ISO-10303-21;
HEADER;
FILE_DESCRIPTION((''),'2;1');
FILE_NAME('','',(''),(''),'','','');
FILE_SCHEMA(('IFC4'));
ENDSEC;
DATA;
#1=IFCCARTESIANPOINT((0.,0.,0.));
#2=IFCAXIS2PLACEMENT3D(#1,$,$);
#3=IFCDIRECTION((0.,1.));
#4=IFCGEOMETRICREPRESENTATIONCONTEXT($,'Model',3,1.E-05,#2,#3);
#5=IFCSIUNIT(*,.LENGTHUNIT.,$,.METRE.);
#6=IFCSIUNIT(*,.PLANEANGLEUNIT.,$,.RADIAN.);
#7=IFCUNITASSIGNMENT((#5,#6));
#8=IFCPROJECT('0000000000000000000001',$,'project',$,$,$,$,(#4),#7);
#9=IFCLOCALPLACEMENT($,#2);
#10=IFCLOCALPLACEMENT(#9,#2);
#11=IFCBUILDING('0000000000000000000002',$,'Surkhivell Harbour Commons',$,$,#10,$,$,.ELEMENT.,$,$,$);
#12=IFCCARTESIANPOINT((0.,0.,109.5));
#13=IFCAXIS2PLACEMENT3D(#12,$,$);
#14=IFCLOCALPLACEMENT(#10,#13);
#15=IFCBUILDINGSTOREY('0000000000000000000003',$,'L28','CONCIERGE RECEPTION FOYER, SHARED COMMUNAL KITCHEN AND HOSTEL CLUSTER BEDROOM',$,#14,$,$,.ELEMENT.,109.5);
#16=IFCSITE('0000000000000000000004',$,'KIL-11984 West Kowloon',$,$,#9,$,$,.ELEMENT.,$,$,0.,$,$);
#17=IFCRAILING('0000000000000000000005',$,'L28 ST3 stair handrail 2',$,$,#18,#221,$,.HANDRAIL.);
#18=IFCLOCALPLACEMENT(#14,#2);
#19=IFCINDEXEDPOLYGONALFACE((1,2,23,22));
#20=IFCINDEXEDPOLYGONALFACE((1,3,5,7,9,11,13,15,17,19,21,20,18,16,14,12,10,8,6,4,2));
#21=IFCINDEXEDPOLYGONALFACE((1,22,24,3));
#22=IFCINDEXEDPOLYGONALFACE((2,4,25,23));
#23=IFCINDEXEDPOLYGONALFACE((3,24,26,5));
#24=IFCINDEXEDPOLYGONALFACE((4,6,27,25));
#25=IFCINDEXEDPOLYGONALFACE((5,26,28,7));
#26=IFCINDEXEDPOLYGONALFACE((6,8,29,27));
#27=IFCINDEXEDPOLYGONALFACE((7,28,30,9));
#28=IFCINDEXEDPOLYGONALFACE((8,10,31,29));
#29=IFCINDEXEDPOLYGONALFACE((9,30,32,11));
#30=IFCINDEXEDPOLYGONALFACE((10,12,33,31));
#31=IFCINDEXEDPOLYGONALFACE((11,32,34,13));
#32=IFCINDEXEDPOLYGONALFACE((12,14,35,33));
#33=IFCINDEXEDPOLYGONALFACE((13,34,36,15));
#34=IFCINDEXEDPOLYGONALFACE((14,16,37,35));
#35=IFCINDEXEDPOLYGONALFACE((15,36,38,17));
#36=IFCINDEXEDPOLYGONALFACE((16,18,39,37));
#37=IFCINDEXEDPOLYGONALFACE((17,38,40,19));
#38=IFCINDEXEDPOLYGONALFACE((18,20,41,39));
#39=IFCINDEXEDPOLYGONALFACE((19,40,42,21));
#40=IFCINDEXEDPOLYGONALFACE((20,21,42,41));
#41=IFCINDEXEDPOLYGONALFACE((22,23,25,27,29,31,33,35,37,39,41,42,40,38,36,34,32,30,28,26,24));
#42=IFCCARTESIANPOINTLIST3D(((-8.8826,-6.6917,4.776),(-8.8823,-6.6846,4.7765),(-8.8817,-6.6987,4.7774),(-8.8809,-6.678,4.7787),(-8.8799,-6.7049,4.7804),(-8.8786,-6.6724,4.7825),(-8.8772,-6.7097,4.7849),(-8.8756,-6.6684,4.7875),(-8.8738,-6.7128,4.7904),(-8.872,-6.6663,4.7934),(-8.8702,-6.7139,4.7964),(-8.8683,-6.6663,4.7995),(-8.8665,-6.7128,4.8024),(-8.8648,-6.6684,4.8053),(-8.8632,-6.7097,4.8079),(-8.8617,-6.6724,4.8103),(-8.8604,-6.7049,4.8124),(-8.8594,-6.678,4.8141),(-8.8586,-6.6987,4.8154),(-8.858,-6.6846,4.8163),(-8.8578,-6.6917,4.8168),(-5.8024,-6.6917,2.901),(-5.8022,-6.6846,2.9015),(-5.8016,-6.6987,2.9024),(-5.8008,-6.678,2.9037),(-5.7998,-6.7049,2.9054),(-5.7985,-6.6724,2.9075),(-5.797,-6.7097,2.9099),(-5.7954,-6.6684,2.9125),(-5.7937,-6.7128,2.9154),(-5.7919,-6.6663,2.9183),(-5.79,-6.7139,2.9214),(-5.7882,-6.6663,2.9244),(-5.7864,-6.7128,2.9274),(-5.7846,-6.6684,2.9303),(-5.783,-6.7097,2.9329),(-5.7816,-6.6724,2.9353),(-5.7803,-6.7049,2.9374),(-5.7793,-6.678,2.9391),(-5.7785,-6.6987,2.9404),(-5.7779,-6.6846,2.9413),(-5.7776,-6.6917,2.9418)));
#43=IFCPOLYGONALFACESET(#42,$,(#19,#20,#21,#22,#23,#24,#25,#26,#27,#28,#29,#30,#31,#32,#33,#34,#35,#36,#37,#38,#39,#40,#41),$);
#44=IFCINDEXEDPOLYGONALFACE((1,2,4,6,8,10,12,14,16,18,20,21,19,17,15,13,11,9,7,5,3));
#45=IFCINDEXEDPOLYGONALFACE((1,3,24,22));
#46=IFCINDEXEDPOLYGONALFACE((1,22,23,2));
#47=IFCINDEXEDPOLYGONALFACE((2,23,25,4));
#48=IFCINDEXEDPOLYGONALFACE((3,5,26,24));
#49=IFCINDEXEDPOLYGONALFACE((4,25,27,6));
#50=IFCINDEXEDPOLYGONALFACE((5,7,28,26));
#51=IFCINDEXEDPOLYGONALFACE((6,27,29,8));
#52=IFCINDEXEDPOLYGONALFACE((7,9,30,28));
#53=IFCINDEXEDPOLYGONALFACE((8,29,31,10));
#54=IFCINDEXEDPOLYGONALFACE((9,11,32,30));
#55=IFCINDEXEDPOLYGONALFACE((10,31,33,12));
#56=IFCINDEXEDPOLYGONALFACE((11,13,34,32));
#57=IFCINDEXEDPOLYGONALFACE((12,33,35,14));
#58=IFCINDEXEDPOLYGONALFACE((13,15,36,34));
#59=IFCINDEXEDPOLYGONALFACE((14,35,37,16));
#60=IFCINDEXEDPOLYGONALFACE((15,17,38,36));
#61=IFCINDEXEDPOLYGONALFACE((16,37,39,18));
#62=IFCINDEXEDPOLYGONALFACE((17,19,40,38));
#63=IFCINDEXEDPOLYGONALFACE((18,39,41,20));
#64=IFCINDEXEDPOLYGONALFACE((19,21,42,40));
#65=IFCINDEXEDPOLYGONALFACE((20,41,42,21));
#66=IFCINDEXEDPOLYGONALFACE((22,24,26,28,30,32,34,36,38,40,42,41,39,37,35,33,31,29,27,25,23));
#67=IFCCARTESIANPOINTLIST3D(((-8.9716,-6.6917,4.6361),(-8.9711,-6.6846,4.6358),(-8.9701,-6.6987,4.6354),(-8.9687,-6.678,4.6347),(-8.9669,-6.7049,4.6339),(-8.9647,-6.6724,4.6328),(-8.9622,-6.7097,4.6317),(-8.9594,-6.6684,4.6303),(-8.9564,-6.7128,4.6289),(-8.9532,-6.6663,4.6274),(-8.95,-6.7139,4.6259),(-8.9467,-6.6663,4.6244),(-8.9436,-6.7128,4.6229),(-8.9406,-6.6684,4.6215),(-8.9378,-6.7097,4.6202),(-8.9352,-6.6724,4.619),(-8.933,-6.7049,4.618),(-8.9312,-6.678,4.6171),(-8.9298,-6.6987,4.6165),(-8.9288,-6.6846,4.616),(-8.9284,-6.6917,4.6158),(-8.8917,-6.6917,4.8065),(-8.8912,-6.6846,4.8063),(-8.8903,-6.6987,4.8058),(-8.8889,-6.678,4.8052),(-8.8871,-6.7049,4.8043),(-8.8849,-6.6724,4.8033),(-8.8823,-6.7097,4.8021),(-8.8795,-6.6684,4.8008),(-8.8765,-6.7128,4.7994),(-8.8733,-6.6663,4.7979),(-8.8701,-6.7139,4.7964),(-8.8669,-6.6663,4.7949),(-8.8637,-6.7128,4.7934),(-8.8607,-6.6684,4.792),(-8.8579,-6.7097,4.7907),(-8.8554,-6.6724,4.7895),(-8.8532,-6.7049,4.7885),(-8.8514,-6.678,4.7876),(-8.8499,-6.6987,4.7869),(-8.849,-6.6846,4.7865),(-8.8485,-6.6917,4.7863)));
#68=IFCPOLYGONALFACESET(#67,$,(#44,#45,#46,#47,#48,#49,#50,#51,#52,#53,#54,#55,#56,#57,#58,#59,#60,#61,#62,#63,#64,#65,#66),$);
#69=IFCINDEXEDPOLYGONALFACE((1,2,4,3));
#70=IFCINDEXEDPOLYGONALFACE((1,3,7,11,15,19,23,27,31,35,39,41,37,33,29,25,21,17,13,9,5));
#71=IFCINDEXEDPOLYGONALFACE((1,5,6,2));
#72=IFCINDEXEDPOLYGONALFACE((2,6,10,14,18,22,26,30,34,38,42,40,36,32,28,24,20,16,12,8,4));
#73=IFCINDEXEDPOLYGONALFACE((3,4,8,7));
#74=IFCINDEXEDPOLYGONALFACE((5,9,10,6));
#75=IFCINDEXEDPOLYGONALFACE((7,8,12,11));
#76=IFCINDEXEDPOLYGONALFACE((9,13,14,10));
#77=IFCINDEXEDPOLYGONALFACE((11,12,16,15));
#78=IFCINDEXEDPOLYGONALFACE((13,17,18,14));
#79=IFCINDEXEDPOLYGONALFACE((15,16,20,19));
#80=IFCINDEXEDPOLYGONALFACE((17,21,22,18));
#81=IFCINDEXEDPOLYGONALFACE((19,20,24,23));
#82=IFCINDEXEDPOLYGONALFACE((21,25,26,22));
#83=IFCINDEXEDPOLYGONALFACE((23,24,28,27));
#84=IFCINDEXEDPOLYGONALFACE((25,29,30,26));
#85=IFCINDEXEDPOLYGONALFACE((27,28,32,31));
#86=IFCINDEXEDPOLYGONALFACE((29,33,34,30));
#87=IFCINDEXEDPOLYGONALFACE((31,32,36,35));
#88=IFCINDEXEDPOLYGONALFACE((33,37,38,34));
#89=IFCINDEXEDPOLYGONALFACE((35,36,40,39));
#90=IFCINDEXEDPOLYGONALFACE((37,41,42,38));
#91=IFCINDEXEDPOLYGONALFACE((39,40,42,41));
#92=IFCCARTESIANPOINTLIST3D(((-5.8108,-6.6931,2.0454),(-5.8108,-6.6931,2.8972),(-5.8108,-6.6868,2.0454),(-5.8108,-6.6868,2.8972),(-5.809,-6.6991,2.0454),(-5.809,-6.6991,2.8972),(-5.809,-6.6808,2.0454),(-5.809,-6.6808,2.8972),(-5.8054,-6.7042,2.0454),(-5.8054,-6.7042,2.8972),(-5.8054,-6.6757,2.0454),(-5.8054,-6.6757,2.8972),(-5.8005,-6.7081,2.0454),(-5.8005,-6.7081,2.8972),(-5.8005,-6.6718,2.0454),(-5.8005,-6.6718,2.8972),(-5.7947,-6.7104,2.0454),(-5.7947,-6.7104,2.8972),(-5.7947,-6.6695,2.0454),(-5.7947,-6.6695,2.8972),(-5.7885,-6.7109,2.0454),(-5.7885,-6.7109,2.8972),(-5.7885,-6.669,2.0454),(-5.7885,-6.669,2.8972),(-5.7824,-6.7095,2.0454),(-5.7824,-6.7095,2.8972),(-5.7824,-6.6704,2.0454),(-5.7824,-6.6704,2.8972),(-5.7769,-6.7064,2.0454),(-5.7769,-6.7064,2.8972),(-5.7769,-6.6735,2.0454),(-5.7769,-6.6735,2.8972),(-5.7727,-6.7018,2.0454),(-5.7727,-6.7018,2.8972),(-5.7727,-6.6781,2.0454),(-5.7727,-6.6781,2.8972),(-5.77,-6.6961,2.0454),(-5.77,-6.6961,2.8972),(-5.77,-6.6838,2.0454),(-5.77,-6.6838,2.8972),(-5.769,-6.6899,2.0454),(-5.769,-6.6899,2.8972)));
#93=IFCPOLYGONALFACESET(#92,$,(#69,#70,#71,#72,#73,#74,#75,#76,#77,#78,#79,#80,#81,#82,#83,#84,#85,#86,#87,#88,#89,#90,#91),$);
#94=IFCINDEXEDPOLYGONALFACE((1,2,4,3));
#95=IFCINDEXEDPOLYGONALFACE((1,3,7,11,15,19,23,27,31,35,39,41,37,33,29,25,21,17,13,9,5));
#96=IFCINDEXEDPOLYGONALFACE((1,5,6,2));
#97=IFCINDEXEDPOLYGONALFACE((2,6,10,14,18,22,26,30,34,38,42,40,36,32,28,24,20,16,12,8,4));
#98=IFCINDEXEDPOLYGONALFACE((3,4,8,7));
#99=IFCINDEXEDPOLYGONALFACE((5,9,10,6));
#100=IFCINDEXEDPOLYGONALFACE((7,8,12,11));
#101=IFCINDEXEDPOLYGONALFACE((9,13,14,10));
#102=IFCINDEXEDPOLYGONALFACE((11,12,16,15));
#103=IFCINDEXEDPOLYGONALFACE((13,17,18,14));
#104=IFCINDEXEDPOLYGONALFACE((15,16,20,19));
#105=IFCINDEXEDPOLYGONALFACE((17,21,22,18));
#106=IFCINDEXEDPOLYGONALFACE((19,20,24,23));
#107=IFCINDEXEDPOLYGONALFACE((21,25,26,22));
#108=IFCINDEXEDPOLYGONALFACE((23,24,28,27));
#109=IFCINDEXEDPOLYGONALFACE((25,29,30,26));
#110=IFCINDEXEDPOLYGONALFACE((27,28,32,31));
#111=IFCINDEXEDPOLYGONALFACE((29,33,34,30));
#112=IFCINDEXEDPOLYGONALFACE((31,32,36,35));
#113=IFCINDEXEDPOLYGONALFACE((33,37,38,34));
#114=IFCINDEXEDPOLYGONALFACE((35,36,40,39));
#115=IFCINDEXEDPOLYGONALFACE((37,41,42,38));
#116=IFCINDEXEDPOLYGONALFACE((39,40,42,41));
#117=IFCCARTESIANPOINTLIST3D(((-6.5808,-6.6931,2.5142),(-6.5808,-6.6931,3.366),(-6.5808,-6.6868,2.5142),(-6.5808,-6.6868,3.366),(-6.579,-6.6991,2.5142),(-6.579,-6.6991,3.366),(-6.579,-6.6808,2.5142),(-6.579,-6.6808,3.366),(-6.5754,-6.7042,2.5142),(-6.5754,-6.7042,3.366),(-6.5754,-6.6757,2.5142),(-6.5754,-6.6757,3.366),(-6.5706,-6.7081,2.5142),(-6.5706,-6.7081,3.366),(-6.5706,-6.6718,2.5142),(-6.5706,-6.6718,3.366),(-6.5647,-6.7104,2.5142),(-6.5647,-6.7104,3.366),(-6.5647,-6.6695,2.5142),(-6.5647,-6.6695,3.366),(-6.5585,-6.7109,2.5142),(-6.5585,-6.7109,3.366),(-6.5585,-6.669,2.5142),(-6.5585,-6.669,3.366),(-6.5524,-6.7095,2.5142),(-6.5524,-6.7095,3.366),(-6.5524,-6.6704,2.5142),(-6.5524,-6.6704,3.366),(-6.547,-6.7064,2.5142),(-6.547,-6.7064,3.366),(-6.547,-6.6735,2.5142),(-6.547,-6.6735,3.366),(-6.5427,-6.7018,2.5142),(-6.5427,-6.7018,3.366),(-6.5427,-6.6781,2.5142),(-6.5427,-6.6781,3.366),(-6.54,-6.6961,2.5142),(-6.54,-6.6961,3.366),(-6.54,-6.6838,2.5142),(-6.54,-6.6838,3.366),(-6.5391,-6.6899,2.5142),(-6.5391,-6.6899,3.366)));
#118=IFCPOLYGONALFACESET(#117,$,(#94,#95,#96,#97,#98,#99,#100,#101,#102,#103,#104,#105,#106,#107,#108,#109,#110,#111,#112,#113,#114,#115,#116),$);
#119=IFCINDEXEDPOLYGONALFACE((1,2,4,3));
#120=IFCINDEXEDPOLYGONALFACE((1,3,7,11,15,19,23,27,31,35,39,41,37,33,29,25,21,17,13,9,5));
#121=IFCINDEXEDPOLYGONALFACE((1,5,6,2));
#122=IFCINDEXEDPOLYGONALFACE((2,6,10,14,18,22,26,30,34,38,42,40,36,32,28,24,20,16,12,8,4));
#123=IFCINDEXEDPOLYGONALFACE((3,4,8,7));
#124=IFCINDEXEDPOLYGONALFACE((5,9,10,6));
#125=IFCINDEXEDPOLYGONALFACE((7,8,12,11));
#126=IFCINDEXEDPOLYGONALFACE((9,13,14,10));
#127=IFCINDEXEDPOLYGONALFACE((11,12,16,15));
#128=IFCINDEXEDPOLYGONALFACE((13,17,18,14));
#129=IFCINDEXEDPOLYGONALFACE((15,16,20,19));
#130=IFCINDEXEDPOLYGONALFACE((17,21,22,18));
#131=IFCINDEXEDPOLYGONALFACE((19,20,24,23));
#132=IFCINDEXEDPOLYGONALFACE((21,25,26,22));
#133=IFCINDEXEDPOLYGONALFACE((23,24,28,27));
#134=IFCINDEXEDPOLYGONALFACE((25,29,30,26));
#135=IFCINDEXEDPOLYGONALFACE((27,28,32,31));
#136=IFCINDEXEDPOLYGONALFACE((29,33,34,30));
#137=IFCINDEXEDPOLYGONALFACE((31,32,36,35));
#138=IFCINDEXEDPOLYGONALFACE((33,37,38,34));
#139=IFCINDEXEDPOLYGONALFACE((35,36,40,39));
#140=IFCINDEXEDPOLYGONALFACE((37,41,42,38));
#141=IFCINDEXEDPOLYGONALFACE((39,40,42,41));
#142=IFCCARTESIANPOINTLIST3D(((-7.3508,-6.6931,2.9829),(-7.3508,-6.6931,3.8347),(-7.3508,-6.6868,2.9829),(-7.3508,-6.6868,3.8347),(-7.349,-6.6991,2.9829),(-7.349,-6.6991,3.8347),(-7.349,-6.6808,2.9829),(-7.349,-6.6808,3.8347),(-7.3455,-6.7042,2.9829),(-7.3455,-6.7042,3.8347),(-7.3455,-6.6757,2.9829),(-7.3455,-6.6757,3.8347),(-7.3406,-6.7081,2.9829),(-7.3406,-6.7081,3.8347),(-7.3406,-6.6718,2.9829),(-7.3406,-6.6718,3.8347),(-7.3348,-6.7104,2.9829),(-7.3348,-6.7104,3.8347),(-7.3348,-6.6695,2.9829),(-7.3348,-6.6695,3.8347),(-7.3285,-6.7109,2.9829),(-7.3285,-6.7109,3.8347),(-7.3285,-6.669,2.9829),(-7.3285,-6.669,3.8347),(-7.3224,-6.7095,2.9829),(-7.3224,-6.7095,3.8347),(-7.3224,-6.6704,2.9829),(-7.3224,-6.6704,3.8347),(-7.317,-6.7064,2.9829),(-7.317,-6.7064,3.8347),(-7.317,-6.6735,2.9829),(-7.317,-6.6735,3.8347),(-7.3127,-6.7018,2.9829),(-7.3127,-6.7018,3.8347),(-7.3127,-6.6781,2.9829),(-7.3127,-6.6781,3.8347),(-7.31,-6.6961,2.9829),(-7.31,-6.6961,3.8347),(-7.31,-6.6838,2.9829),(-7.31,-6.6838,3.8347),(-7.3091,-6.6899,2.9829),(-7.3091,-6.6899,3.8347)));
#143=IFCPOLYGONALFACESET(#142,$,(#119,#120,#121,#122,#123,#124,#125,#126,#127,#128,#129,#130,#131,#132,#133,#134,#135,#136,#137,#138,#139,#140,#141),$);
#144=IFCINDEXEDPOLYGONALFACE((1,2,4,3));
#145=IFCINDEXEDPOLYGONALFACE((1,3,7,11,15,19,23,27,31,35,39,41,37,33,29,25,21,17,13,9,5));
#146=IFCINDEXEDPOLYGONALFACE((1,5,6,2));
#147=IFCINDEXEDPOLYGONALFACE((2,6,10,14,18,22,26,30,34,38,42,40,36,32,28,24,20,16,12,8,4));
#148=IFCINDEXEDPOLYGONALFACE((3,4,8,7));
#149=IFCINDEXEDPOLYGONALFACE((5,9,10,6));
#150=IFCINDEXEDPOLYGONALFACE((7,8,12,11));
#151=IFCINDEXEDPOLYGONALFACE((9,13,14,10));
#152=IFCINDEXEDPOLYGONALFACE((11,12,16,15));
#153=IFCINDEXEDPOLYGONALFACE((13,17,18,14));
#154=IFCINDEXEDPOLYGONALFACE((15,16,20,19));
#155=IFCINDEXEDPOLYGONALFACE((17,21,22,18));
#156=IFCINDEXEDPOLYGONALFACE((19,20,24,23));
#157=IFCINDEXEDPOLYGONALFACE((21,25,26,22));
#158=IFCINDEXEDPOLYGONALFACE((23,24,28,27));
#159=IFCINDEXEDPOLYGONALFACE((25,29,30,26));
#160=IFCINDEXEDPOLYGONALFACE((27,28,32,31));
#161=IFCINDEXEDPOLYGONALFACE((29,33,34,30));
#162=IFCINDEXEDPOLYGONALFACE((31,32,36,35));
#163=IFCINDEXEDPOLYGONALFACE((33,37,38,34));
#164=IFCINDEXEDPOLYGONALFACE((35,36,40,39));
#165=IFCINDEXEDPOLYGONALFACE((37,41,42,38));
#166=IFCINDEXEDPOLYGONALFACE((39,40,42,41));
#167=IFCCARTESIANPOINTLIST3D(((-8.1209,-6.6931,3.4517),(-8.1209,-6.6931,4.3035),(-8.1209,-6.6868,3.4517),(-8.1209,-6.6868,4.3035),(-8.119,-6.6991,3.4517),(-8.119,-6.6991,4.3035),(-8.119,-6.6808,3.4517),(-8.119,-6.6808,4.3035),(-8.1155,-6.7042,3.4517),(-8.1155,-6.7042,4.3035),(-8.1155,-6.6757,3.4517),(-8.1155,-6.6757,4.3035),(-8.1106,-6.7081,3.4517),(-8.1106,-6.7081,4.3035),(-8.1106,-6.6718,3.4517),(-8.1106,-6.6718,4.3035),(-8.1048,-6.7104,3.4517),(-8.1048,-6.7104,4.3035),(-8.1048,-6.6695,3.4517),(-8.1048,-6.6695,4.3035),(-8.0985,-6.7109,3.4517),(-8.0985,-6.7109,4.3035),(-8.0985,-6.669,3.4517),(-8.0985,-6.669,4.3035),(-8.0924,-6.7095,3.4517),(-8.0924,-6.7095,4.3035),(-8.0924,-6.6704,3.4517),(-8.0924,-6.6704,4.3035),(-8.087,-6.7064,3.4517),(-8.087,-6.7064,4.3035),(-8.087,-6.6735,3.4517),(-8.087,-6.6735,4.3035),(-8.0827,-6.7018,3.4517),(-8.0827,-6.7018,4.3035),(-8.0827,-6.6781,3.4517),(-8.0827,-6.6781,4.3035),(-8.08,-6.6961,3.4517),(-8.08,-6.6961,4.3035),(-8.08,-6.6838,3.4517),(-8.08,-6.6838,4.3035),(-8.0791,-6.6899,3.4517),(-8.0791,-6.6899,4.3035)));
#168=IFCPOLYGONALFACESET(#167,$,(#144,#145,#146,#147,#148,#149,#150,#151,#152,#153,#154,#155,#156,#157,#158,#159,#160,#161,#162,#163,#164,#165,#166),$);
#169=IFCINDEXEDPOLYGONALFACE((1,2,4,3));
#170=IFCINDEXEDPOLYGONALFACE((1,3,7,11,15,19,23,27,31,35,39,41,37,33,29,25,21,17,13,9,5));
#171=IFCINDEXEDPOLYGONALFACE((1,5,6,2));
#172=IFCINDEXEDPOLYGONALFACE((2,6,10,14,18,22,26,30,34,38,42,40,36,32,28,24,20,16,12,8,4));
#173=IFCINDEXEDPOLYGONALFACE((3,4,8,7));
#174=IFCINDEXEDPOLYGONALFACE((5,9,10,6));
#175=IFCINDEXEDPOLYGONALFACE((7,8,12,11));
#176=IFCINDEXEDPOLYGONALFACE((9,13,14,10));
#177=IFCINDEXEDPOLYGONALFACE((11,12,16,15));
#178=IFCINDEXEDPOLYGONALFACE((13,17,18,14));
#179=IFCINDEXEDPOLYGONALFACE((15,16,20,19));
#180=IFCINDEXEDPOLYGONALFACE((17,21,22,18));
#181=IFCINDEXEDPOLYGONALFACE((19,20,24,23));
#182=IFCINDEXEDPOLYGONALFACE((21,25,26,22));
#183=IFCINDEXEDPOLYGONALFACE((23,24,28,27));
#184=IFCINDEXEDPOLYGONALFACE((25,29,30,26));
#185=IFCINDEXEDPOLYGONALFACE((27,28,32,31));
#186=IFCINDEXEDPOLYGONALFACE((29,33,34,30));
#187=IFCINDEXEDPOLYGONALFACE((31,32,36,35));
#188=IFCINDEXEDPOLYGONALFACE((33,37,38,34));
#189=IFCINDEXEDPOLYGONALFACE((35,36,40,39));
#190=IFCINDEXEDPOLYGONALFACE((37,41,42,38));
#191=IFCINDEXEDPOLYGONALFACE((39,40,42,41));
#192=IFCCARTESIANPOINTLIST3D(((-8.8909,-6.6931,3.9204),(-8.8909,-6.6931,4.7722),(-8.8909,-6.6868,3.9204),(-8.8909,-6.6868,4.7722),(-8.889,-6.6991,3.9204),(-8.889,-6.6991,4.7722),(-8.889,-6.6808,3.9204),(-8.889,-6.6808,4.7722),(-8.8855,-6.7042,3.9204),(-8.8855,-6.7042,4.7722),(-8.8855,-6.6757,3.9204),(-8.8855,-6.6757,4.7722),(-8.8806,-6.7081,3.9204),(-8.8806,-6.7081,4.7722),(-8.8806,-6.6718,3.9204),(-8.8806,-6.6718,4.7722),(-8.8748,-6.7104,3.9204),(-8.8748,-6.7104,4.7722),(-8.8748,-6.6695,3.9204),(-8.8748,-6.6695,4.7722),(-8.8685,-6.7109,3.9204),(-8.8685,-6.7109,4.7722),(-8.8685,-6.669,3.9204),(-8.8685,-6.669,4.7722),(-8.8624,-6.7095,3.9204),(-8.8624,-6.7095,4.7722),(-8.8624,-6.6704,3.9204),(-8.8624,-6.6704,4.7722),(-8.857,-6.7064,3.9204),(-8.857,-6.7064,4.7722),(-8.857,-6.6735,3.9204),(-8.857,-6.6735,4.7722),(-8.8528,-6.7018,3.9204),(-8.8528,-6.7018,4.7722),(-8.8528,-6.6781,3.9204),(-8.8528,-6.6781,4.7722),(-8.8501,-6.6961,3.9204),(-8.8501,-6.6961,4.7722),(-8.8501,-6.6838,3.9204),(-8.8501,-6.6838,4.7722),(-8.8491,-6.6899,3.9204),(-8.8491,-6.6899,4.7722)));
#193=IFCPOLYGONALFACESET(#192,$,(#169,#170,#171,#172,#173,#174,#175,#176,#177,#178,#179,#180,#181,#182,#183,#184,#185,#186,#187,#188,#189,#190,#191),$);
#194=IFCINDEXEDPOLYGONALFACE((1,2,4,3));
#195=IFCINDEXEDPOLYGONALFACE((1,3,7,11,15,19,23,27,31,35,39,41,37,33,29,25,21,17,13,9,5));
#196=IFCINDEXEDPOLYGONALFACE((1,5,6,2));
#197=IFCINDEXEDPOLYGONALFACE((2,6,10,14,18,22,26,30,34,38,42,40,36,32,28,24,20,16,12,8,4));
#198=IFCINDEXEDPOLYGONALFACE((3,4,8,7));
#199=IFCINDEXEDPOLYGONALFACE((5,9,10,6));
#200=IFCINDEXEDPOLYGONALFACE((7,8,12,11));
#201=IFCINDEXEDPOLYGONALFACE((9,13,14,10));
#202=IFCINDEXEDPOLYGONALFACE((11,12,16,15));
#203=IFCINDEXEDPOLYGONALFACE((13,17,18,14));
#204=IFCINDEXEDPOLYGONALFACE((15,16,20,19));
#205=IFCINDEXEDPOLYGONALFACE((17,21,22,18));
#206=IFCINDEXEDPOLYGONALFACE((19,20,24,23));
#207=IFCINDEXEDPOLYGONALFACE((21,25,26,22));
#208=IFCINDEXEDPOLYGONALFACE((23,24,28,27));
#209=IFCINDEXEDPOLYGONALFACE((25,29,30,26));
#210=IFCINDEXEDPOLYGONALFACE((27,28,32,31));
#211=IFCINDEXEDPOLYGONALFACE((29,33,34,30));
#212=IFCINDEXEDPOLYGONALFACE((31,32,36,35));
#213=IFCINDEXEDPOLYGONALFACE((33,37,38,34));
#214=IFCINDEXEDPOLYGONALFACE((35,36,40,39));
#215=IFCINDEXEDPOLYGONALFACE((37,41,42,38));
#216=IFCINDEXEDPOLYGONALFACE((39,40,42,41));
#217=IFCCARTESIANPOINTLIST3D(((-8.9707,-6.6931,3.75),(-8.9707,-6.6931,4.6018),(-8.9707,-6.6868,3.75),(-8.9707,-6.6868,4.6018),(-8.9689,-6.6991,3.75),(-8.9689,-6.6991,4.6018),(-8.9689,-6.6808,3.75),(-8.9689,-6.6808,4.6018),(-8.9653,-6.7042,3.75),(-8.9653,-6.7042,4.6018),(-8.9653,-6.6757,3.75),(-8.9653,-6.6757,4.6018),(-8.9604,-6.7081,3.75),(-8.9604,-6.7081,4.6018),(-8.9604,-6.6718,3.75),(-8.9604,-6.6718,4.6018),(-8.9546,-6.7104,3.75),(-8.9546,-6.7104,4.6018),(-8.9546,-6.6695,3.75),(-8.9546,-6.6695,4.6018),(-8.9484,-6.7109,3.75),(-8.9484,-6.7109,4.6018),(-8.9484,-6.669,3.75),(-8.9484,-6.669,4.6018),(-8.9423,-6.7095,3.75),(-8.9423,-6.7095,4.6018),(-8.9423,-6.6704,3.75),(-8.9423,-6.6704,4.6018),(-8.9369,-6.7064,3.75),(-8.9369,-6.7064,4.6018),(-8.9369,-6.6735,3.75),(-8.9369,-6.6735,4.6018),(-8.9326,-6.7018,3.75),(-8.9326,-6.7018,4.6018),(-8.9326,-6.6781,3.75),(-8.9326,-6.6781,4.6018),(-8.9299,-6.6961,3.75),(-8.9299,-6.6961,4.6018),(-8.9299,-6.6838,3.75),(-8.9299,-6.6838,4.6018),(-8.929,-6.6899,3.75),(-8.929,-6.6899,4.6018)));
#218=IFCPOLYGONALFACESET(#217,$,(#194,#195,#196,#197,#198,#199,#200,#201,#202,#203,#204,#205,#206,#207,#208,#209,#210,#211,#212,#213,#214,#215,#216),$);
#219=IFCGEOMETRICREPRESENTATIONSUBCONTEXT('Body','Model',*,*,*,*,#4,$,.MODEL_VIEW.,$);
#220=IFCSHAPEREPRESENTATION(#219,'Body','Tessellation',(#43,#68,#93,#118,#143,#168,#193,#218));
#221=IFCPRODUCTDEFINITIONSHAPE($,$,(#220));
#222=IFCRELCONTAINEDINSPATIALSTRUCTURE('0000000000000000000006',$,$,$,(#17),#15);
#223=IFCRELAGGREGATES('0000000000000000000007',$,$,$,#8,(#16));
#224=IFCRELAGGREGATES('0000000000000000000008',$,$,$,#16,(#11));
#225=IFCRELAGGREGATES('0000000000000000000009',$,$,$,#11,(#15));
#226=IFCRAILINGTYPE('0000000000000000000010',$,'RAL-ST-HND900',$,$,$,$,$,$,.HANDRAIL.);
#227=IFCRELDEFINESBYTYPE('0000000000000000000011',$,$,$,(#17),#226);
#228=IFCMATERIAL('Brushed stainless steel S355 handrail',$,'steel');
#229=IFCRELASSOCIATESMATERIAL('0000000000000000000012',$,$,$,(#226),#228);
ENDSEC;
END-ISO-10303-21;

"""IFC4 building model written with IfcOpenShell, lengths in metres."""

from ifc_helpers import new_model, si_unit, direction, frame, origin, origin_2d, place, context, subcontext, project, spatial, circle, extrude, material, type_object, element, save


model = new_model("IFC4")

# Units and contexts
model_context = context("Model", 3, precision=1e-05, world=origin(), true_north=direction((0.0, 1.0)))
body_context = subcontext(model_context, "Body", "Model", "MODEL_VIEW")
ifc_project = project(units=[si_unit("LENGTHUNIT", "METRE"), si_unit("PLANEANGLEUNIT", "RADIAN")], contexts=[model_context])

# Site, building, storey
site_placement = place(None, origin())
site = spatial("IfcSite", under=ifc_project, at=site_placement, Name="KIL-11984 West Kowloon", CompositionType="ELEMENT", RefElevation=0.0)
building_placement = place(site_placement, origin())
building = spatial("IfcBuilding", under=site, at=building_placement, Name="Surkhivell Harbour Commons", CompositionType="ELEMENT")
storey_placement = place(building_placement, frame((0.0, 0.0, 109.5)))
storey = spatial("IfcBuildingStorey", under=building, at=storey_placement, Name="L28", Description="CONCIERGE RECEPTION FOYER, SHARED COMMUNAL KITCHEN AND HOSTEL CLUSTER BEDROOM", CompositionType="ELEMENT", Elevation=109.5)

# Railing
ifc_material_1 = material(Name="Brushed stainless steel S355 handrail", Category="steel")
railing_type_1 = type_object("IfcRailingType", Name="RAL-ST-HND900", PredefinedType="HANDRAIL", material=ifc_material_1)
railing_1_placement = place(storey_placement, frame((-5.79, -6.6899, 2.0454)))
element("IfcRailing", 1, at=railing_1_placement, inside=storey, type_object=railing_type_1, Name="L28 ST3 stair handrail 2", PredefinedType="HANDRAIL", context=body_context, shape_type="SweptSolid", body=[
    extrude(circle(Radius=0.0239, at=origin_2d()), frame((0.0, 0.0, 0.876), z_axis=(-0.854178, 0.0, 0.519981), x_axis=(0.0, -1.0, 0.0)), (0.0, 0.0, 1.0), 3.606),
    extrude(circle(Radius=0.0239, at=origin_2d()), frame((-3.0801, 0.0, 2.751), z_axis=(-0.424234, 0.0, -0.905552), x_axis=(0.0, -1.0, 0.0)), (0.0, 0.0, 1.0), 0.1882),
    extrude(circle(Radius=0.021, at=origin_2d()), origin(), (0.0, 0.0, 1.0), 0.8518),
    extrude(circle(Radius=0.021, at=origin_2d()), frame((-0.77, 0.0, 0.4688)), (0.0, 0.0, 1.0), 0.8518),
    extrude(circle(Radius=0.021, at=origin_2d()), frame((-1.54, 0.0, 0.9375)), (0.0, 0.0, 1.0), 0.8518),
    extrude(circle(Radius=0.021, at=origin_2d()), frame((-2.3101, 0.0, 1.4062)), (0.0, 0.0, 1.0), 0.8518),
    extrude(circle(Radius=0.021, at=origin_2d()), frame((-3.0801, 0.0, 1.875)), (0.0, 0.0, 1.0), 0.8518),
    extrude(circle(Radius=0.021, at=origin_2d()), frame((-3.1599, 0.0, 1.7046)), (0.0, 0.0, 1.0), 0.8518),
])

save(model, "model.ifc")
